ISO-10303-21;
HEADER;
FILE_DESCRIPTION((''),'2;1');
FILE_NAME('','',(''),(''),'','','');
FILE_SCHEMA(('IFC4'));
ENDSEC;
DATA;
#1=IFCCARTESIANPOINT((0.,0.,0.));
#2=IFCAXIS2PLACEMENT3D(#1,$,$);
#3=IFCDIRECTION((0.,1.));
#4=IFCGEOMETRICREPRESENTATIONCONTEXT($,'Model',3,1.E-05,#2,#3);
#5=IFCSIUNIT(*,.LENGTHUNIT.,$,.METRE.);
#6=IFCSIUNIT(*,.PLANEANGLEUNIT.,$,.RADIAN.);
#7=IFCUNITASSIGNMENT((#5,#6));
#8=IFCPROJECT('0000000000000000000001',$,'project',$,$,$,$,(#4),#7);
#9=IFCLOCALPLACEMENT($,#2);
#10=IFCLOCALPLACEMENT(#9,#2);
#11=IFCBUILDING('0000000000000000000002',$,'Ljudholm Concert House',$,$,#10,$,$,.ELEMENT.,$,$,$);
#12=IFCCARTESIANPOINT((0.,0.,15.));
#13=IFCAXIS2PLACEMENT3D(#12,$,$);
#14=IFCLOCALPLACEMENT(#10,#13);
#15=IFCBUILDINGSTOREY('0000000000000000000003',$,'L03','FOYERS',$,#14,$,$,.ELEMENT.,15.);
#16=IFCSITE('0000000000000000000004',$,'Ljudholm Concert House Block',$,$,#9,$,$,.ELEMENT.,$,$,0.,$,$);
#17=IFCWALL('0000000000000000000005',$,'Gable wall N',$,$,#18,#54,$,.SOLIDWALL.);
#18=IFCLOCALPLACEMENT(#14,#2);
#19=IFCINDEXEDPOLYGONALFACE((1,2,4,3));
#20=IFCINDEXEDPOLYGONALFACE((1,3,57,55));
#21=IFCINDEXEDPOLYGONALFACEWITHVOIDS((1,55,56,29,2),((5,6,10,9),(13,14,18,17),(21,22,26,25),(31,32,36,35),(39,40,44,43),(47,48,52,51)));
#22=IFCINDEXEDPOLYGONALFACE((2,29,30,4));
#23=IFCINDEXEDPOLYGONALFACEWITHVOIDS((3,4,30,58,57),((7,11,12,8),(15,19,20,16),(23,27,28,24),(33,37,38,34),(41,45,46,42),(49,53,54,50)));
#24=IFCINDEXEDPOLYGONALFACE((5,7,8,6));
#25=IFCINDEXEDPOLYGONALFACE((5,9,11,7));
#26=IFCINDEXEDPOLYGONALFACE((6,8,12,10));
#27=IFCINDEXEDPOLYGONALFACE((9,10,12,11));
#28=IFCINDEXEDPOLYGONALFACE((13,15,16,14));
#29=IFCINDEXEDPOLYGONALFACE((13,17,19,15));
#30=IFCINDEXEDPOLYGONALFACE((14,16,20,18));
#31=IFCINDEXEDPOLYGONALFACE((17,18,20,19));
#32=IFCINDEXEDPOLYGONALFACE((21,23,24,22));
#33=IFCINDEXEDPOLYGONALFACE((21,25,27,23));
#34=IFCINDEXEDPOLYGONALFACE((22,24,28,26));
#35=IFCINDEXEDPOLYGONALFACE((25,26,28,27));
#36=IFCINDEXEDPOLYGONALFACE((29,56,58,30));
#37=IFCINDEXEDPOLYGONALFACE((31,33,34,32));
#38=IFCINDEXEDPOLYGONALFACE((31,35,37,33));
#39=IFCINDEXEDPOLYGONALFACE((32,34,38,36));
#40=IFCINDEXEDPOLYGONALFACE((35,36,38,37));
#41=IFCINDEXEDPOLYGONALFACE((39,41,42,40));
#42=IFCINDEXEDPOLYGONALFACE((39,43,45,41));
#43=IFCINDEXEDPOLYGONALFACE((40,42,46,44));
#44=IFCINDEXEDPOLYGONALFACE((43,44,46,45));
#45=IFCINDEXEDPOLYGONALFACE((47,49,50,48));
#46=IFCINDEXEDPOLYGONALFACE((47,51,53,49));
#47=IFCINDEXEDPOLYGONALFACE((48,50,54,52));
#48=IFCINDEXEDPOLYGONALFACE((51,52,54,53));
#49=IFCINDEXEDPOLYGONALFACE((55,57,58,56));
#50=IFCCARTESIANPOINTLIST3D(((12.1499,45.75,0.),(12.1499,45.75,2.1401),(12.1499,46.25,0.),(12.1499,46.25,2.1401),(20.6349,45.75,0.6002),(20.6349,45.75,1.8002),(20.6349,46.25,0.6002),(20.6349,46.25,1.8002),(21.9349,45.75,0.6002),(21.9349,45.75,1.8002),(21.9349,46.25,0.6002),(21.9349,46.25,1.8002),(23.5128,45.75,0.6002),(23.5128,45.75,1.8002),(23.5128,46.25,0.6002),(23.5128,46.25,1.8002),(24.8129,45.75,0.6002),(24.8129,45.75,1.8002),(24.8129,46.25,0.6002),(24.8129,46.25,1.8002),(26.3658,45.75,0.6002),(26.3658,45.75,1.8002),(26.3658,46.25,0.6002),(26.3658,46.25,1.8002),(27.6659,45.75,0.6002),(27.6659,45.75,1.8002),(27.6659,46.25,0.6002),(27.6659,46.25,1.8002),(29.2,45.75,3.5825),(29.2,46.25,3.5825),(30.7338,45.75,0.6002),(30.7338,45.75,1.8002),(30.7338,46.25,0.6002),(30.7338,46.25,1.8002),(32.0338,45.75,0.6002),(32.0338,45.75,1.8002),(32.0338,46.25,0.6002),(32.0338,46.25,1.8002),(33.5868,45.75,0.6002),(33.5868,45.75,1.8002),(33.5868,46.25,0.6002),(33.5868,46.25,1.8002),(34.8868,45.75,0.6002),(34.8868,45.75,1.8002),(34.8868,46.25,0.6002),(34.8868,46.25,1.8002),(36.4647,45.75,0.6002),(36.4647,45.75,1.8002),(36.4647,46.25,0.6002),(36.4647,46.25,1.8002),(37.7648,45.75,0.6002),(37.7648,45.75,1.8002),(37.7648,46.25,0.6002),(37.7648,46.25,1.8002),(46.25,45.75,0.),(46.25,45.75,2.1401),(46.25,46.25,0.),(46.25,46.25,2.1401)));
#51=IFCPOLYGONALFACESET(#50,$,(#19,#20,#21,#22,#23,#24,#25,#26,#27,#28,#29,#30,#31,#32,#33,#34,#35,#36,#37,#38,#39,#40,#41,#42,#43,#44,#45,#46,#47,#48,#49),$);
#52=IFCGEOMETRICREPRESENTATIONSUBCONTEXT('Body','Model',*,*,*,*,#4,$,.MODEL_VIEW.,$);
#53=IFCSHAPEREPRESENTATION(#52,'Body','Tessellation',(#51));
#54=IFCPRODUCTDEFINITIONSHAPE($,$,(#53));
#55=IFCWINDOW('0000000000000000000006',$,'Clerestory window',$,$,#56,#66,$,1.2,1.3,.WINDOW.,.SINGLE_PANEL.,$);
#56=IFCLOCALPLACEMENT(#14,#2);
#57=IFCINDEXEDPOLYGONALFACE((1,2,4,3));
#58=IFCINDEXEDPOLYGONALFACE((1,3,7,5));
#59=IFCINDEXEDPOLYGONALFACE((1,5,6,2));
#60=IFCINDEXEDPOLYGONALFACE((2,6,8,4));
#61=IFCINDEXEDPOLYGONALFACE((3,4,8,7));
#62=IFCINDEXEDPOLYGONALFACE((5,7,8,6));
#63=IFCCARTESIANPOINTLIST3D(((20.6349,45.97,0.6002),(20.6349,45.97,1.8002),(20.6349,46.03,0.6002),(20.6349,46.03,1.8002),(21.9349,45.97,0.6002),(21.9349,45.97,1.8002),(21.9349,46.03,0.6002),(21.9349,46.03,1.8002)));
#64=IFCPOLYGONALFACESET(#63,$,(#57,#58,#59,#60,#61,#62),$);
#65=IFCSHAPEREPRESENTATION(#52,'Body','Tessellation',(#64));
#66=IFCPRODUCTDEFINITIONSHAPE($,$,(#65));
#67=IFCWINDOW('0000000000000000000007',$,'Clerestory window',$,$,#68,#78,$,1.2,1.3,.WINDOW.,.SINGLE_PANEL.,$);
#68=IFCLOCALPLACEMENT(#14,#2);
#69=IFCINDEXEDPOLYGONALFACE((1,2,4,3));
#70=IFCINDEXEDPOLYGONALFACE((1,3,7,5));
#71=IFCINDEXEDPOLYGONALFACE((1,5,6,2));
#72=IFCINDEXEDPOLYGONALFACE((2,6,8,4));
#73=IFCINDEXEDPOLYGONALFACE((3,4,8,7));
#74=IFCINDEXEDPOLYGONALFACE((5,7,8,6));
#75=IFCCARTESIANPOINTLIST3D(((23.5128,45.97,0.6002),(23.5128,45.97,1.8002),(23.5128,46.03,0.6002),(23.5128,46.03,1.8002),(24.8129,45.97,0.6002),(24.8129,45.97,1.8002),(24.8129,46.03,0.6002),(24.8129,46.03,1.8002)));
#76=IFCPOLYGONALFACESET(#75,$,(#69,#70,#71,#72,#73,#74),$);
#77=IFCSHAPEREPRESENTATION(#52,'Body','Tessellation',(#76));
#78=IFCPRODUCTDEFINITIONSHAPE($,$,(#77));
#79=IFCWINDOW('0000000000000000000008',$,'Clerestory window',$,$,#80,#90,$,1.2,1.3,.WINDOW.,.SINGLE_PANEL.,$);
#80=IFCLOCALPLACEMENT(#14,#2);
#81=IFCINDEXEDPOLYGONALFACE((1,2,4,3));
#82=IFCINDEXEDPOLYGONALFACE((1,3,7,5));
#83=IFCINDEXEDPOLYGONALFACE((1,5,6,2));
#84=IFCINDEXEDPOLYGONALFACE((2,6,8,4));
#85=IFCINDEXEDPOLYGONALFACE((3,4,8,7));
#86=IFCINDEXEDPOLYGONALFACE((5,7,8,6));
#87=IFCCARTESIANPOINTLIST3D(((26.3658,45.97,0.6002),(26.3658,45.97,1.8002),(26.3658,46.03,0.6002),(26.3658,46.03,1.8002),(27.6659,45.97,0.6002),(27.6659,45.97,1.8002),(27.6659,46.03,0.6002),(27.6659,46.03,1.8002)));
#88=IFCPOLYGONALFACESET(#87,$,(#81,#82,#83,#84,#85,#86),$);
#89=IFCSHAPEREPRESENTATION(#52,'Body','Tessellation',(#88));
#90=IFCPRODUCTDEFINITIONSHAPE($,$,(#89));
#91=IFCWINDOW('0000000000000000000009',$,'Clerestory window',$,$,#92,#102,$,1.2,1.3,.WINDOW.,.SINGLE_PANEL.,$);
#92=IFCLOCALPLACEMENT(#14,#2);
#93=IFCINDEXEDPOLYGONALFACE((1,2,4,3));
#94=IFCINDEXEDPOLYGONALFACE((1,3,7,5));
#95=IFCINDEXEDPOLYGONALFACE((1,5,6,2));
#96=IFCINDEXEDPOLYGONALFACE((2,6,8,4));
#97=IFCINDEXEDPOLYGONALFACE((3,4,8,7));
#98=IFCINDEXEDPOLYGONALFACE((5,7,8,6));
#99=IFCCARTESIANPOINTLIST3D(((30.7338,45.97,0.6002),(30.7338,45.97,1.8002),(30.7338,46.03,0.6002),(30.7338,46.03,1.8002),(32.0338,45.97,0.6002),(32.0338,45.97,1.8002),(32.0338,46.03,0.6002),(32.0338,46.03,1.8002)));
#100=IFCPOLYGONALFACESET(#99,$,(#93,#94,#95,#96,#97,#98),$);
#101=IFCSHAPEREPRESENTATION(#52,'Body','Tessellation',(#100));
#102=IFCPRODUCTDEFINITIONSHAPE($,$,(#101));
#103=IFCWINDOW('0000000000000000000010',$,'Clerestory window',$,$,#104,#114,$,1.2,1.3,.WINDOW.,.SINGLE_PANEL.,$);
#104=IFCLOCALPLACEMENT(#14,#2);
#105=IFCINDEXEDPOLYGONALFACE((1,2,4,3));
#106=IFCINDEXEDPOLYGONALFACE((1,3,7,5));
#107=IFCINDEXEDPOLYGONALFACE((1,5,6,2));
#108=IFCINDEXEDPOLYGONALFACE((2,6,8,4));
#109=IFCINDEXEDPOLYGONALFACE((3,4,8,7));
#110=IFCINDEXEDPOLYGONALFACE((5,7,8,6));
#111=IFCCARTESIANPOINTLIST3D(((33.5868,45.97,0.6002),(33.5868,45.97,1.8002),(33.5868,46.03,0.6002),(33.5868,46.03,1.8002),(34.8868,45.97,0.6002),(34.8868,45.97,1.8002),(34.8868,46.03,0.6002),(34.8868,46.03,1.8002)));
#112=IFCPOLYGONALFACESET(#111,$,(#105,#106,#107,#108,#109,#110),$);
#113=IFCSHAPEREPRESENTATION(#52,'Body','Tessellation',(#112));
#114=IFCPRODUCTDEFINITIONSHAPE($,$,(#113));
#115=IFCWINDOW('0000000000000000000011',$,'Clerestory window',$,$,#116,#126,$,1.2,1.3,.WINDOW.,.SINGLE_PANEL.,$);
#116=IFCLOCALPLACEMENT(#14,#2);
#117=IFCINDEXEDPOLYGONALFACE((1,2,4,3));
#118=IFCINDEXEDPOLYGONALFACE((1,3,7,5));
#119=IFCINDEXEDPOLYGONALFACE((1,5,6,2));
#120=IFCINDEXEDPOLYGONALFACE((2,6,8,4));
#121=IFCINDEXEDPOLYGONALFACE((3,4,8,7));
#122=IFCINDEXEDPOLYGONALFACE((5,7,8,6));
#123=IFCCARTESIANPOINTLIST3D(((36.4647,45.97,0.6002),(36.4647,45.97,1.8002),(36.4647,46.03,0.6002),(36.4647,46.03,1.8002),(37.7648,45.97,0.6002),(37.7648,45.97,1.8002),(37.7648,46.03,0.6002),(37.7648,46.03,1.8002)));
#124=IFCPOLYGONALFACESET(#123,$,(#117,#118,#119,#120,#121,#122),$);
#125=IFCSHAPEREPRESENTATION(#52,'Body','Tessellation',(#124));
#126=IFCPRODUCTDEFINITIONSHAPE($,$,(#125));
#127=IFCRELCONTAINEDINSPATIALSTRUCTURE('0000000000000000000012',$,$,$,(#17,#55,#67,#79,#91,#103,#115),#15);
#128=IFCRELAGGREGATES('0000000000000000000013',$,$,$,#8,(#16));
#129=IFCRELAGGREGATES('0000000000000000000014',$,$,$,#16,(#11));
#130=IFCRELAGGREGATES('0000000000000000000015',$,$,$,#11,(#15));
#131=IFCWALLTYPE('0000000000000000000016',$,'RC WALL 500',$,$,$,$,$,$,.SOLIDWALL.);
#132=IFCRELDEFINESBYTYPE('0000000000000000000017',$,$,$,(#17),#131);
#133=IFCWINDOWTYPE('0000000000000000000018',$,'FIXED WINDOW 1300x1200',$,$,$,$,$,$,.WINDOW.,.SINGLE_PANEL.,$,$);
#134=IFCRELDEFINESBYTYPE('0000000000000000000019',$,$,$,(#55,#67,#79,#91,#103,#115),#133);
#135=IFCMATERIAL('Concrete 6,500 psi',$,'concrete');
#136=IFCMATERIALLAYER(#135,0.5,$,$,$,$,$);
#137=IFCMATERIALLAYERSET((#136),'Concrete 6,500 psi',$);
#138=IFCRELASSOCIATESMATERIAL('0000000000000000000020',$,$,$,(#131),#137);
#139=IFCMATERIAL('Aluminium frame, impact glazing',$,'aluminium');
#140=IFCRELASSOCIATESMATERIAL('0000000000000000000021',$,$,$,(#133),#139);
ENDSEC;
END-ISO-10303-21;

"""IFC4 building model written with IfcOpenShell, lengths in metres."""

from ifc_helpers import new_model, si_unit, direction, frame, frame_2d, origin, place, context, subcontext, project, spatial, polyline, rectangle, outline, extrude, material, layer, layer_set, type_object, element, fill, save


model = new_model("IFC4")

# Units and contexts
model_context = context("Model", 3, precision=1e-05, world=origin(), true_north=direction((0.0, 1.0)))
body_context = subcontext(model_context, "Body", "Model", "MODEL_VIEW")
ifc_project = project(units=[si_unit("LENGTHUNIT", "METRE"), si_unit("PLANEANGLEUNIT", "RADIAN")], contexts=[model_context])

# Site, building, storey
site_placement = place(None, origin())
site = spatial("IfcSite", under=ifc_project, at=site_placement, Name="Ljudholm Concert House Block", CompositionType="ELEMENT", RefElevation=0.0)
building_placement = place(site_placement, origin())
building = spatial("IfcBuilding", under=site, at=building_placement, Name="Ljudholm Concert House", CompositionType="ELEMENT")
storey_placement = place(building_placement, frame((0.0, 0.0, 15.0)))
storey = spatial("IfcBuildingStorey", under=building, at=storey_placement, Name="L03", Description="FOYERS", CompositionType="ELEMENT", Elevation=15.0)

# Wall, openings, windows
ifc_material_1 = material(Name="Concrete 6,500 psi", Category="concrete")
ifc_layer_1 = layer(ifc_material_1, 0.5)
ifc_layer_set_1 = layer_set([ifc_layer_1], Name="Concrete 6,500 psi")
wall_type = type_object("IfcWallType", Name="RC WALL 500", PredefinedType="SOLIDWALL", material=ifc_layer_set_1)
wall_placement = place(storey_placement, frame((12.1499, 46.0, 0.0), z_axis=(0.0, 0.0, 1.0), x_axis=(1.0, 0.0, 0.0)))
wall = element("IfcWall", 1, at=wall_placement, inside=storey, type_object=wall_type, Name="Gable wall N", PredefinedType="SOLIDWALL", context=body_context, shape_type="SweptSolid", body=[
    extrude(outline(polyline([(0.0, 0.0), (34.1001, 0.0), (34.1001, 2.1401), (17.05, 3.5825), (0.0, 2.1401), (0.0, 0.0)])), frame((0.0, 0.25, 0.0), z_axis=(0.0, -1.0, 0.0), x_axis=(1.0, 0.0, 0.0)), (0.0, 0.0, 1.0), 0.5),
])
opening_1_placement = place(wall_placement, frame((8.4851, 0.0, 0.6001)))
opening_1 = element("IfcOpeningElement", 2, at=opening_1_placement, cuts=wall, PredefinedType="OPENING", context=body_context, shape_type="SweptSolid", body=[
    extrude(rectangle(XDim=1.3, YDim=1.2, at=frame_2d((0.6499, 0.6001))), frame((0.0, 0.26, 0.0), z_axis=(0.0, -1.0, 0.0), x_axis=(1.0, 0.0, 0.0)), (0.0, 0.0, 1.0), 0.52),
])
opening_2_placement = place(wall_placement, frame((11.363, 0.0, 0.6001)))
opening_2 = element("IfcOpeningElement", 3, at=opening_2_placement, cuts=wall, PredefinedType="OPENING", context=body_context, shape_type="SweptSolid", body=[
    extrude(rectangle(XDim=1.3, YDim=1.2, at=frame_2d((0.6499, 0.6001))), frame((0.0, 0.26, 0.0), z_axis=(0.0, -1.0, 0.0), x_axis=(1.0, 0.0, 0.0)), (0.0, 0.0, 1.0), 0.52),
])
opening_3_placement = place(wall_placement, frame((14.2161, 0.0, 0.6001)))
opening_3 = element("IfcOpeningElement", 4, at=opening_3_placement, cuts=wall, PredefinedType="OPENING", context=body_context, shape_type="SweptSolid", body=[
    extrude(rectangle(XDim=1.3, YDim=1.2, at=frame_2d((0.6499, 0.6001))), frame((0.0, 0.26, 0.0), z_axis=(0.0, -1.0, 0.0), x_axis=(1.0, 0.0, 0.0)), (0.0, 0.0, 1.0), 0.52),
])
opening_4_placement = place(wall_placement, frame((18.584, 0.0, 0.6001)))
opening_4 = element("IfcOpeningElement", 5, at=opening_4_placement, cuts=wall, PredefinedType="OPENING", context=body_context, shape_type="SweptSolid", body=[
    extrude(rectangle(XDim=1.3, YDim=1.2, at=frame_2d((0.6499, 0.6001))), frame((0.0, 0.26, 0.0), z_axis=(0.0, -1.0, 0.0), x_axis=(1.0, 0.0, 0.0)), (0.0, 0.0, 1.0), 0.52),
])
opening_5_placement = place(wall_placement, frame((21.437, 0.0, 0.6001)))
opening_5 = element("IfcOpeningElement", 6, at=opening_5_placement, cuts=wall, PredefinedType="OPENING", context=body_context, shape_type="SweptSolid", body=[
    extrude(rectangle(XDim=1.3, YDim=1.2, at=frame_2d((0.6499, 0.6001))), frame((0.0, 0.26, 0.0), z_axis=(0.0, -1.0, 0.0), x_axis=(1.0, 0.0, 0.0)), (0.0, 0.0, 1.0), 0.52),
])
opening_6_placement = place(wall_placement, frame((24.3149, 0.0, 0.6001)))
opening_6 = element("IfcOpeningElement", 7, at=opening_6_placement, cuts=wall, PredefinedType="OPENING", context=body_context, shape_type="SweptSolid", body=[
    extrude(rectangle(XDim=1.3, YDim=1.2, at=frame_2d((0.6499, 0.6001))), frame((0.0, 0.26, 0.0), z_axis=(0.0, -1.0, 0.0), x_axis=(1.0, 0.0, 0.0)), (0.0, 0.0, 1.0), 0.52),
])
ifc_material_2 = material(Name="Aluminium frame, impact glazing", Category="aluminium")
window_type = type_object("IfcWindowType", Name="FIXED WINDOW 1300x1200", PartitioningType="SINGLE_PANEL", PredefinedType="WINDOW", material=ifc_material_2)
window_1_placement = place(opening_1_placement, origin())
window_1 = element("IfcWindow", 8, at=window_1_placement, inside=storey, type_object=window_type, Name="Clerestory window", OverallHeight=1.2, OverallWidth=1.3, PartitioningType="SINGLE_PANEL", PredefinedType="WINDOW", context=body_context, shape_type="SweptSolid", body=[
    extrude(rectangle(XDim=1.3, YDim=1.2, at=frame_2d((0.6499, 0.6001))), frame((0.0, 0.03, 0.0), z_axis=(0.0, -1.0, 0.0), x_axis=(1.0, 0.0, 0.0)), (0.0, 0.0, 1.0), 0.0601),
])
fill(opening_1, window_1)
window_2_placement = place(opening_2_placement, origin())
window_2 = element("IfcWindow", 9, at=window_2_placement, inside=storey, type_object=window_type, Name="Clerestory window", OverallHeight=1.2, OverallWidth=1.3, PartitioningType="SINGLE_PANEL", PredefinedType="WINDOW", context=body_context, shape_type="SweptSolid", body=[
    extrude(rectangle(XDim=1.3, YDim=1.2, at=frame_2d((0.6499, 0.6001))), frame((0.0, 0.03, 0.0), z_axis=(0.0, -1.0, 0.0), x_axis=(1.0, 0.0, 0.0)), (0.0, 0.0, 1.0), 0.0601),
])
fill(opening_2, window_2)
window_3_placement = place(opening_3_placement, origin())
window_3 = element("IfcWindow", 10, at=window_3_placement, inside=storey, type_object=window_type, Name="Clerestory window", OverallHeight=1.2, OverallWidth=1.3, PartitioningType="SINGLE_PANEL", PredefinedType="WINDOW", context=body_context, shape_type="SweptSolid", body=[
    extrude(rectangle(XDim=1.3, YDim=1.2, at=frame_2d((0.6499, 0.6001))), frame((0.0, 0.03, 0.0), z_axis=(0.0, -1.0, 0.0), x_axis=(1.0, 0.0, 0.0)), (0.0, 0.0, 1.0), 0.0601),
])
fill(opening_3, window_3)
window_4_placement = place(opening_4_placement, origin())
window_4 = element("IfcWindow", 11, at=window_4_placement, inside=storey, type_object=window_type, Name="Clerestory window", OverallHeight=1.2, OverallWidth=1.3, PartitioningType="SINGLE_PANEL", PredefinedType="WINDOW", context=body_context, shape_type="SweptSolid", body=[
    extrude(rectangle(XDim=1.3, YDim=1.2, at=frame_2d((0.6499, 0.6001))), frame((0.0, 0.03, 0.0), z_axis=(0.0, -1.0, 0.0), x_axis=(1.0, 0.0, 0.0)), (0.0, 0.0, 1.0), 0.0601),
])
fill(opening_4, window_4)
window_5_placement = place(opening_5_placement, origin())
window_5 = element("IfcWindow", 12, at=window_5_placement, inside=storey, type_object=window_type, Name="Clerestory window", OverallHeight=1.2, OverallWidth=1.3, PartitioningType="SINGLE_PANEL", PredefinedType="WINDOW", context=body_context, shape_type="SweptSolid", body=[
    extrude(rectangle(XDim=1.3, YDim=1.2, at=frame_2d((0.6499, 0.6001))), frame((0.0, 0.03, 0.0), z_axis=(0.0, -1.0, 0.0), x_axis=(1.0, 0.0, 0.0)), (0.0, 0.0, 1.0), 0.0601),
])
fill(opening_5, window_5)
window_6_placement = place(opening_6_placement, origin())
window_6 = element("IfcWindow", 13, at=window_6_placement, inside=storey, type_object=window_type, Name="Clerestory window", OverallHeight=1.2, OverallWidth=1.3, PartitioningType="SINGLE_PANEL", PredefinedType="WINDOW", context=body_context, shape_type="SweptSolid", body=[
    extrude(rectangle(XDim=1.3, YDim=1.2, at=frame_2d((0.6499, 0.6001))), frame((0.0, 0.03, 0.0), z_axis=(0.0, -1.0, 0.0), x_axis=(1.0, 0.0, 0.0)), (0.0, 0.0, 1.0), 0.0601),
])
fill(opening_6, window_6)

save(model, "model.ifc")
